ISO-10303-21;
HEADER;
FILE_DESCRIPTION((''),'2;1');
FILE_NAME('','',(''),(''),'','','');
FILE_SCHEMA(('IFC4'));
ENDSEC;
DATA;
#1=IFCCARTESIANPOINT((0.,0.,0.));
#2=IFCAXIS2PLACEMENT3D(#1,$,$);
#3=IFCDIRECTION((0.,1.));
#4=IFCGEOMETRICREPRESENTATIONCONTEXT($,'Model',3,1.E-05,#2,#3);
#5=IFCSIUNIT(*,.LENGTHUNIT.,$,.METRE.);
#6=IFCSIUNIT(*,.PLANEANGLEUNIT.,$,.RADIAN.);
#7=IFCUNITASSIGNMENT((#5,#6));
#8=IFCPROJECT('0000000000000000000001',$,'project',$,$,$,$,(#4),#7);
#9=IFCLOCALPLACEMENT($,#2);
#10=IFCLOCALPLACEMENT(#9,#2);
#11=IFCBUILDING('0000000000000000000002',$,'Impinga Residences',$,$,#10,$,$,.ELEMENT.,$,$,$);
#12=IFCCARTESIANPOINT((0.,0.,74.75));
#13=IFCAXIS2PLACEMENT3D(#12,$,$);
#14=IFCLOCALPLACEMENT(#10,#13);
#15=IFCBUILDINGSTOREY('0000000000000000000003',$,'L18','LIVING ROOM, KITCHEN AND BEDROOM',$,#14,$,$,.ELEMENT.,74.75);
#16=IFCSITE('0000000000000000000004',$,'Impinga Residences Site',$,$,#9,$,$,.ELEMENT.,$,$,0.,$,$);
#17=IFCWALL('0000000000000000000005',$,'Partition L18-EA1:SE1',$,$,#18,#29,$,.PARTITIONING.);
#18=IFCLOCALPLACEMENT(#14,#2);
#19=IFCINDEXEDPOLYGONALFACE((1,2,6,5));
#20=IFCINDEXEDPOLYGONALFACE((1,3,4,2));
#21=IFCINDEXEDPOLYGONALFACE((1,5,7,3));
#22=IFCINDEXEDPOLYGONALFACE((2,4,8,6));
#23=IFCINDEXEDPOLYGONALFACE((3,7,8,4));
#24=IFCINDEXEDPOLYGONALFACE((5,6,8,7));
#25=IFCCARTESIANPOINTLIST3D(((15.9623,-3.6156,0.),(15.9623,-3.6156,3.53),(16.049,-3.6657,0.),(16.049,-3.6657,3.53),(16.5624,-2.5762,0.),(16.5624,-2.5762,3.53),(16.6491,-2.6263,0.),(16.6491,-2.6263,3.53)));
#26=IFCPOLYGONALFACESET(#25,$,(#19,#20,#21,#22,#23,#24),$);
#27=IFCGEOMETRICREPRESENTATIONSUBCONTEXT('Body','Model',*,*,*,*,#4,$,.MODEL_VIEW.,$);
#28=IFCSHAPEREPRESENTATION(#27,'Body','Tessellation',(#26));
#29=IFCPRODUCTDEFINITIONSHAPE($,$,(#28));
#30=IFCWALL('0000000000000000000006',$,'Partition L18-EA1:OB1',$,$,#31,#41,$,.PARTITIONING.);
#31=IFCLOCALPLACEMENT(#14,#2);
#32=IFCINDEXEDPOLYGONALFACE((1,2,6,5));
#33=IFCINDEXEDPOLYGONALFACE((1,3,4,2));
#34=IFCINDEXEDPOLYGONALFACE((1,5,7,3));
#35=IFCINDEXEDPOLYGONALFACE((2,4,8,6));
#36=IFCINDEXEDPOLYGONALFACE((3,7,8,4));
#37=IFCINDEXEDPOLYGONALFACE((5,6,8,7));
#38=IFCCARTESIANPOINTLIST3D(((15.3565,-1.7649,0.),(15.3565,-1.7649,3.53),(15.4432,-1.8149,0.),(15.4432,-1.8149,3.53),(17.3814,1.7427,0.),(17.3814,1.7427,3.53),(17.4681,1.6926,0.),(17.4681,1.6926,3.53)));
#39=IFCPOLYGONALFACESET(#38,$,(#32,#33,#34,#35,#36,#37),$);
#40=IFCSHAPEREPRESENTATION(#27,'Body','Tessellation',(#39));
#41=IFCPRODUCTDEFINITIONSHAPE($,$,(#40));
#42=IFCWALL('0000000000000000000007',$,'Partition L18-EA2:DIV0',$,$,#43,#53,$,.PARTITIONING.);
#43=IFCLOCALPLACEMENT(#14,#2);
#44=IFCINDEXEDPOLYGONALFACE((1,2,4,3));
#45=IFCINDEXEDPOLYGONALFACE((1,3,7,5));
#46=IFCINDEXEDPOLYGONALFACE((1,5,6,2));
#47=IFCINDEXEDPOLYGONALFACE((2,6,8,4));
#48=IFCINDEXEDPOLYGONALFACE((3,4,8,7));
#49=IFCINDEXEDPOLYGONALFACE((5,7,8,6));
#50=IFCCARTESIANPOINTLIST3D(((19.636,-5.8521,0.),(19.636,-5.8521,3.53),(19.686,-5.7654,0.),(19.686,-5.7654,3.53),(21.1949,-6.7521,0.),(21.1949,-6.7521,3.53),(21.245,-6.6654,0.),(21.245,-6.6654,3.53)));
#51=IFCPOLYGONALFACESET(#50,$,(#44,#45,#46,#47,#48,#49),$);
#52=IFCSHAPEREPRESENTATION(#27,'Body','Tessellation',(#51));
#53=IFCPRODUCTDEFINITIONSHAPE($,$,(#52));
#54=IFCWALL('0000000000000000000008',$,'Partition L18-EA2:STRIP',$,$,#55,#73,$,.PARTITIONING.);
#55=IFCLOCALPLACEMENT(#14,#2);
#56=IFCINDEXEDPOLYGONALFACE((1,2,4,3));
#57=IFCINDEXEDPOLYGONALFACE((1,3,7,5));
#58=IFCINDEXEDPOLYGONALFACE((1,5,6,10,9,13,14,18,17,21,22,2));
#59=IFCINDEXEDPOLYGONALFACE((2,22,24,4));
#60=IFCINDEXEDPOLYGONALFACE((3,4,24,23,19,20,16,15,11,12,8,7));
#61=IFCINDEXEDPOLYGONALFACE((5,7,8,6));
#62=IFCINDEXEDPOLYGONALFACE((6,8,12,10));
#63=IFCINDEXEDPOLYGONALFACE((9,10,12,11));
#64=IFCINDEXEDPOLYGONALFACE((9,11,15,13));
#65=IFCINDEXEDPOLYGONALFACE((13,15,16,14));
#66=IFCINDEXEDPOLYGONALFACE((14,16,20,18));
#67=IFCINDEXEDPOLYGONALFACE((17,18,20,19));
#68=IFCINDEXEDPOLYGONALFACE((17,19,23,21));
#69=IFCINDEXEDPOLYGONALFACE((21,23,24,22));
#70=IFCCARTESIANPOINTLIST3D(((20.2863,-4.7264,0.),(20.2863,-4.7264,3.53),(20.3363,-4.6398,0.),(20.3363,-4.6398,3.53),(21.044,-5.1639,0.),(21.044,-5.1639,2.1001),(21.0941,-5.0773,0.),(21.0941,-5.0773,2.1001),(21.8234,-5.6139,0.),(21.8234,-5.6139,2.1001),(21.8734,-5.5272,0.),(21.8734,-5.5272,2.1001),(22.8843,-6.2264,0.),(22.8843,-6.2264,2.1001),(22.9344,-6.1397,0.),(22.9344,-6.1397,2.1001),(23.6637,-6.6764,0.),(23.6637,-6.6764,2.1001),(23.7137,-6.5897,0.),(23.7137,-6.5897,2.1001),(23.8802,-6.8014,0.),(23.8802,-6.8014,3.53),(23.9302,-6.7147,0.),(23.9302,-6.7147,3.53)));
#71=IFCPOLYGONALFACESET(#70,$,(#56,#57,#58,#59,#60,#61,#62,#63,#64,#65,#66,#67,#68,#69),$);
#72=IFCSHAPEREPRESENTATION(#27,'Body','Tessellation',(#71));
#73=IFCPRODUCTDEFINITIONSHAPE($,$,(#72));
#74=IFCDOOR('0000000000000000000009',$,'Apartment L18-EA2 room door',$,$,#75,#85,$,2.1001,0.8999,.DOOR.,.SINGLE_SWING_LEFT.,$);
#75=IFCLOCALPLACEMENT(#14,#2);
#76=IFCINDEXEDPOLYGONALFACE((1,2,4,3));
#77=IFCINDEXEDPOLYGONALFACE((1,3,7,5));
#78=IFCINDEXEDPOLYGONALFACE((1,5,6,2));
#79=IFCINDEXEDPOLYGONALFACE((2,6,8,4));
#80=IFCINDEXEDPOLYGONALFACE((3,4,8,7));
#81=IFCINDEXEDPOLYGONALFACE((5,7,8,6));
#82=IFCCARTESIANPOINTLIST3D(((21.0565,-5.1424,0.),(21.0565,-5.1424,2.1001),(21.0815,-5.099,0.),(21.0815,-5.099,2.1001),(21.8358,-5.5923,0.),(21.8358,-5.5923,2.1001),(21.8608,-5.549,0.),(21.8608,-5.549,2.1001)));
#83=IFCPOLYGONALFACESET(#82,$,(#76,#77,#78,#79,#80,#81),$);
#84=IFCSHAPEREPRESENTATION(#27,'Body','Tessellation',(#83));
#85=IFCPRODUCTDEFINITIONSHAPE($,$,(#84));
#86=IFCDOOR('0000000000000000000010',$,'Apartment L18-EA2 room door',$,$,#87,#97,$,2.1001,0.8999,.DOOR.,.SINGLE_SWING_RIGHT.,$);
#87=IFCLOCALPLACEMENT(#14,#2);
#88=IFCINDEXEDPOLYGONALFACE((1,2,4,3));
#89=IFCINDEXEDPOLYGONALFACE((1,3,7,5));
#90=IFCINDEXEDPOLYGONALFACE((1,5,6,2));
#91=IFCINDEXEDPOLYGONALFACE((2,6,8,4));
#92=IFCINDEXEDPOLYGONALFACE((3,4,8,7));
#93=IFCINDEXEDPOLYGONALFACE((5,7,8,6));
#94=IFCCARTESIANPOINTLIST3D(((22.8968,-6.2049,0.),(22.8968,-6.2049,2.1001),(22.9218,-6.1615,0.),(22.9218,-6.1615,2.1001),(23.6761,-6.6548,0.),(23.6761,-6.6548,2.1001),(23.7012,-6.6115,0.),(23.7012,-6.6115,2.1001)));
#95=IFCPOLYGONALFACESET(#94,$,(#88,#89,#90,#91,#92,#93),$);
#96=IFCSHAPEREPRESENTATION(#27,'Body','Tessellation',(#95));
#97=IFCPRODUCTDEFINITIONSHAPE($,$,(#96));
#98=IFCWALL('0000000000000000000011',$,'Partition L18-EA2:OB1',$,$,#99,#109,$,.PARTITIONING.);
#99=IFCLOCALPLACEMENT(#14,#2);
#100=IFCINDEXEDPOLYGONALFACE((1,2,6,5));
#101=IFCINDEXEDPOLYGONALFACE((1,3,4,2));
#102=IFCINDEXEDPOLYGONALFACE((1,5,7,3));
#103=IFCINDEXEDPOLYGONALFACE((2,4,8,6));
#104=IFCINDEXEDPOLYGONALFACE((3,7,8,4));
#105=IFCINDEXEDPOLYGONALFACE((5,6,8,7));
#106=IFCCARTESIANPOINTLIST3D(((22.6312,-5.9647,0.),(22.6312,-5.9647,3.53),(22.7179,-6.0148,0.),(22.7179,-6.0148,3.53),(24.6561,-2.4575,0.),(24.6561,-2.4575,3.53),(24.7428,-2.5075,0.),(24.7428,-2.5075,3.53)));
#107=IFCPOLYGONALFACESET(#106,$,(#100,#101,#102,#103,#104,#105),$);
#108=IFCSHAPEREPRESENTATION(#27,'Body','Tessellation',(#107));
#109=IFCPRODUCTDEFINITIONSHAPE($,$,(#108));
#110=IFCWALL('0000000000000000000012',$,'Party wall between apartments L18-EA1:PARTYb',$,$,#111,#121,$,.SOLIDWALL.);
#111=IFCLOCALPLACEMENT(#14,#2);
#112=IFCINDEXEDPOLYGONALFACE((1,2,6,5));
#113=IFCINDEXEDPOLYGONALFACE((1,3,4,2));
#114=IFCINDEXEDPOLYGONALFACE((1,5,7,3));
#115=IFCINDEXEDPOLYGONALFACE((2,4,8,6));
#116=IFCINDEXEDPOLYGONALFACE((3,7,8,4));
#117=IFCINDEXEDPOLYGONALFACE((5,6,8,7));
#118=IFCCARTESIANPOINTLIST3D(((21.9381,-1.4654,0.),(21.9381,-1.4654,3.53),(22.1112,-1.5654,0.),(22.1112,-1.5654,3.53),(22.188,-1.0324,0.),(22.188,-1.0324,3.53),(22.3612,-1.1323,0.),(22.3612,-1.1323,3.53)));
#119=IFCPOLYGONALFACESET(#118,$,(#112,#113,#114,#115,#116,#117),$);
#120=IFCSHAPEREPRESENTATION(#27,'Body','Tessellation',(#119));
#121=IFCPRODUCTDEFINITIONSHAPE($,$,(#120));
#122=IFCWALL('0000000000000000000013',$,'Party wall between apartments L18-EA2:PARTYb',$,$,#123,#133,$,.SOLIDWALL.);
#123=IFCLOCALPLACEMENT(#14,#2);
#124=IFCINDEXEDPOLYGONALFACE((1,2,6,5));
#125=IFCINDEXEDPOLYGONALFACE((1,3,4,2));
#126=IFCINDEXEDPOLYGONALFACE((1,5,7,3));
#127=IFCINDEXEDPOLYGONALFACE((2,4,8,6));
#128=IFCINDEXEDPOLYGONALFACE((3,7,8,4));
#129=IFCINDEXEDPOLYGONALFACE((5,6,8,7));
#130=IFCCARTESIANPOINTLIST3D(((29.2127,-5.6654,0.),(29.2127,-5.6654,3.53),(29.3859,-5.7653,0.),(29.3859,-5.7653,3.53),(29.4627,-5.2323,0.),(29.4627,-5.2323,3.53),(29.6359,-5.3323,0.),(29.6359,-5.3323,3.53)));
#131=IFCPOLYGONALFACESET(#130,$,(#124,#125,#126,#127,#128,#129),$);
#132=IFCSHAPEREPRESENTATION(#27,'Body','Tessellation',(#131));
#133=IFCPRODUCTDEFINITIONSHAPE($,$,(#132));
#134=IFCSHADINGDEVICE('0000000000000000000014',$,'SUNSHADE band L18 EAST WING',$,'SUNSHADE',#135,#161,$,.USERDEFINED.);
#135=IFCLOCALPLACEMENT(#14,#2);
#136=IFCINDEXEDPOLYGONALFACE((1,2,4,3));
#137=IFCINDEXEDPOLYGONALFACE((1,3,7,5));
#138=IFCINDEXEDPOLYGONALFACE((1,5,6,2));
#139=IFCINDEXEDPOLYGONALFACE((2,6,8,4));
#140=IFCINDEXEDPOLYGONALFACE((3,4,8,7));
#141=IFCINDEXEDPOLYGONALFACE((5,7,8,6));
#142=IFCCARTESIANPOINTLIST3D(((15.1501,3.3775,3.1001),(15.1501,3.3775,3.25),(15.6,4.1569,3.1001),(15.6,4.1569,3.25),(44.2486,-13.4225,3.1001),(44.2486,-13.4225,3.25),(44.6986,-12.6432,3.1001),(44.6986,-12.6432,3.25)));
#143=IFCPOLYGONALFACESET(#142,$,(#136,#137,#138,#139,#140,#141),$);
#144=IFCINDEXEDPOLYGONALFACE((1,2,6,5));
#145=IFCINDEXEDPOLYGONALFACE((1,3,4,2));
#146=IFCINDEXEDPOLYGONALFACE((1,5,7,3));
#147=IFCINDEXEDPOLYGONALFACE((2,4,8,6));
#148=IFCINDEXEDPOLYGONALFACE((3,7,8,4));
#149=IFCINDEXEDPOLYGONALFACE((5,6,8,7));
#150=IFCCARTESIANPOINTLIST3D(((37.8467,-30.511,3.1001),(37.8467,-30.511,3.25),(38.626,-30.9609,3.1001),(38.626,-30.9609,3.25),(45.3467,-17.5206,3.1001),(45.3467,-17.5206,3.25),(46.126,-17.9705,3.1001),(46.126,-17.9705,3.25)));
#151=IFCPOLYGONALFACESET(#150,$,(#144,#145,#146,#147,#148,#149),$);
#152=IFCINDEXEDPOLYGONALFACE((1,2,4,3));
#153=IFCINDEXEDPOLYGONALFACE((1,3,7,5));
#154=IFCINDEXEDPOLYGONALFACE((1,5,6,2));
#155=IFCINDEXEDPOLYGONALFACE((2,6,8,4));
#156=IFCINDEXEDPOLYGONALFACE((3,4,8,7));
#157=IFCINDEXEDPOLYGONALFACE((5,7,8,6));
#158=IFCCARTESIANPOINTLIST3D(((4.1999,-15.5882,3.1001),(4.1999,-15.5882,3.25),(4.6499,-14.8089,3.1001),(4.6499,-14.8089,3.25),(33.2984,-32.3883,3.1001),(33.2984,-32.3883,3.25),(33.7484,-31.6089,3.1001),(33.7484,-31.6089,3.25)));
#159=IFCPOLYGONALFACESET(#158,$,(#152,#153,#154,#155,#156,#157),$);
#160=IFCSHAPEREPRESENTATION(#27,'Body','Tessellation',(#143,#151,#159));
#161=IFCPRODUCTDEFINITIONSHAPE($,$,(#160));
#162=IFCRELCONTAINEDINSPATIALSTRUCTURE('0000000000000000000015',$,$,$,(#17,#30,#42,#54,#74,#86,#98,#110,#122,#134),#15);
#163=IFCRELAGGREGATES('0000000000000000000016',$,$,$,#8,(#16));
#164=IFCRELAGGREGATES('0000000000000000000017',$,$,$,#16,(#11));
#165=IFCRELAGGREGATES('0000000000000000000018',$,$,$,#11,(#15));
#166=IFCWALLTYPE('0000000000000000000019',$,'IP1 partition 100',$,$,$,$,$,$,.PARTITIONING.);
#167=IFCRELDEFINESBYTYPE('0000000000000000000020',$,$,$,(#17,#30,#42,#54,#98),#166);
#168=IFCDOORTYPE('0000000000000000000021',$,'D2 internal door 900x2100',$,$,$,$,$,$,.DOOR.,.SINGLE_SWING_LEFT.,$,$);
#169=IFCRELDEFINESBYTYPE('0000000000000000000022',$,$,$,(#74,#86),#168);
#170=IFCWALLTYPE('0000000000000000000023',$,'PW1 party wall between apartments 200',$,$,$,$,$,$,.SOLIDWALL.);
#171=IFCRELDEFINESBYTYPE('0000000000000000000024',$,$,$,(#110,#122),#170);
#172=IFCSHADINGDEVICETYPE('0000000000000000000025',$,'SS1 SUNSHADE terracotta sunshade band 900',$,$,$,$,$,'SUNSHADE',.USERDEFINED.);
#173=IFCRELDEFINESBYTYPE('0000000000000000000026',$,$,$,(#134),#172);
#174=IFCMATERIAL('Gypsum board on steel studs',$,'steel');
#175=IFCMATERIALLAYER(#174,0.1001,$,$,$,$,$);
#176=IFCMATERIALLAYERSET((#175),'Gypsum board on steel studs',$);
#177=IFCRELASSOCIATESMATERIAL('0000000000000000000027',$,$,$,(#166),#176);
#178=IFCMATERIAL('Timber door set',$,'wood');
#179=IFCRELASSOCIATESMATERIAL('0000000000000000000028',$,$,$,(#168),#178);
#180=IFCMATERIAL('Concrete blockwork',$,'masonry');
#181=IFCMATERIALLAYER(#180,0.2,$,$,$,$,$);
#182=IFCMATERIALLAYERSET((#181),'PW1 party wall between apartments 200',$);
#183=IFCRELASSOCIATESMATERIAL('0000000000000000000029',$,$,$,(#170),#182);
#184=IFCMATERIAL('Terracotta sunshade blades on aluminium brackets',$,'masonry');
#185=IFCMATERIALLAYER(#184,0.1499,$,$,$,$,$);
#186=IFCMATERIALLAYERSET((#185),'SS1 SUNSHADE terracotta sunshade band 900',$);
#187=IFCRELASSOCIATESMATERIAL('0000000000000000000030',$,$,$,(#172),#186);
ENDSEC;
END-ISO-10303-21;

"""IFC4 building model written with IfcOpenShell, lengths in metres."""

from ifc_helpers import new_model, si_unit, direction, frame, frame_2d, origin, origin_2d, place, context, subcontext, project, spatial, rectangle, extrude, material, layer, layer_set, type_object, element, fill, save


model = new_model("IFC4")

# Units and contexts
model_context = context("Model", 3, precision=1e-05, world=origin(), true_north=direction((0.0, 1.0)))
body_context = subcontext(model_context, "Body", "Model", "MODEL_VIEW")
ifc_project = project(units=[si_unit("LENGTHUNIT", "METRE"), si_unit("PLANEANGLEUNIT", "RADIAN")], contexts=[model_context])

# Site, building, storey
site_placement = place(None, origin())
site = spatial("IfcSite", under=ifc_project, at=site_placement, Name="Impinga Residences Site", CompositionType="ELEMENT", RefElevation=0.0)
building_placement = place(site_placement, origin())
building = spatial("IfcBuilding", under=site, at=building_placement, Name="Impinga Residences", CompositionType="ELEMENT")
storey_placement = place(building_placement, frame((0.0, 0.0, 74.75)))
storey = spatial("IfcBuildingStorey", under=building, at=storey_placement, Name="L18", Description="LIVING ROOM, KITCHEN AND BEDROOM", CompositionType="ELEMENT", Elevation=74.75)

# Walls
ifc_material_1 = material(Name="Gypsum board on steel studs", Category="steel")
ifc_layer_1 = layer(ifc_material_1, 0.1001)
ifc_layer_set_1 = layer_set([ifc_layer_1], Name="Gypsum board on steel studs")
wall_type_1 = type_object("IfcWallType", Name="IP1 partition 100", PredefinedType="PARTITIONING", material=ifc_layer_set_1)
wall_1_placement = place(storey_placement, frame((16.0056, -3.6406, 0.0), z_axis=(0.0, 0.0, 1.0), x_axis=(0.500034, 0.866006, 0.0)))
element("IfcWall", 1, at=wall_1_placement, inside=storey, type_object=wall_type_1, Name="Partition L18-EA1:SE1", PredefinedType="PARTITIONING", context=body_context, shape_type="SweptSolid", body=[
    extrude(rectangle(XDim=1.2002, YDim=0.1001, at=frame_2d((0.6001, 0.0))), origin(), (0.0, 0.0, 1.0), 3.53),
])
wall_2_placement = place(storey_placement, frame((15.3999, -1.7898, 0.0), z_axis=(0.0, 0.0, 1.0), x_axis=(0.499964, 0.866046, 0.0)))
element("IfcWall", 2, at=wall_2_placement, inside=storey, type_object=wall_type_1, Name="Partition L18-EA1:OB1", PredefinedType="PARTITIONING", context=body_context, shape_type="SweptSolid", body=[
    extrude(rectangle(XDim=4.05, YDim=0.1001, at=frame_2d((2.0249, 0.0))), origin(), (0.0, 0.0, 1.0), 3.53),
])
wall_3_placement = place(storey_placement, frame((19.6611, -5.8088, 0.0), z_axis=(0.0, 0.0, 1.0), x_axis=(0.866048, -0.499961, 0.0)))
element("IfcWall", 3, at=wall_3_placement, inside=storey, type_object=wall_type_1, Name="Partition L18-EA2:DIV0", PredefinedType="PARTITIONING", context=body_context, shape_type="SweptSolid", body=[
    extrude(rectangle(XDim=1.8, YDim=0.1001, at=frame_2d((0.8999, 0.0))), origin(), (0.0, 0.0, 1.0), 3.53),
])

# Wall, openings, doors
wall_4_placement = place(storey_placement, frame((20.3113, -4.6831, 0.0), z_axis=(0.0, 0.0, 1.0), x_axis=(0.86603, -0.499992, 0.0)))
wall_4 = element("IfcWall", 4, at=wall_4_placement, inside=storey, type_object=wall_type_1, Name="Partition L18-EA2:STRIP", PredefinedType="PARTITIONING", context=body_context, shape_type="SweptSolid", body=[
    extrude(rectangle(XDim=4.1499, YDim=0.1001, at=frame_2d((2.075, 0.0))), origin(), (0.0, 0.0, 1.0), 3.53),
])
opening_1_placement = place(wall_4_placement, frame((0.875, 0.0, 0.0)))
opening_1 = element("IfcOpeningElement", 5, at=opening_1_placement, cuts=wall_4, PredefinedType="OPENING", context=body_context, shape_type="SweptSolid", body=[
    extrude(rectangle(XDim=0.8999, YDim=2.1001, at=frame_2d((0.45, 1.05))), frame((0.0, 0.0601, 0.0), z_axis=(0.0, -1.0, 0.0), x_axis=(1.0, 0.0, 0.0)), (0.0, 0.0, 1.0), 0.1201),
])
opening_2_placement = place(wall_4_placement, frame((3.0, 0.0, 0.0)))
opening_2 = element("IfcOpeningElement", 6, at=opening_2_placement, cuts=wall_4, PredefinedType="OPENING", context=body_context, shape_type="SweptSolid", body=[
    extrude(rectangle(XDim=0.8999, YDim=2.1001, at=frame_2d((0.45, 1.05))), frame((0.0, 0.0601, 0.0), z_axis=(0.0, -1.0, 0.0), x_axis=(1.0, 0.0, 0.0)), (0.0, 0.0, 1.0), 0.1201),
])
ifc_material_2 = material(Name="Timber door set", Category="wood")
door_type = type_object("IfcDoorType", Name="D2 internal door 900x2100", OperationType="SINGLE_SWING_LEFT", PredefinedType="DOOR", material=ifc_material_2)
door_1_placement = place(opening_1_placement, origin())
door_1 = element("IfcDoor", 7, at=door_1_placement, inside=storey, type_object=door_type, Name="Apartment L18-EA2 room door", OperationType="SINGLE_SWING_LEFT", OverallHeight=2.1001, OverallWidth=0.8999, PredefinedType="DOOR", context=body_context, shape_type="SweptSolid", body=[
    extrude(rectangle(XDim=0.8999, YDim=2.1001, at=frame_2d((0.45, 1.05))), frame((0.0, 0.0249, 0.0), z_axis=(0.0, -1.0, 0.0), x_axis=(1.0, 0.0, 0.0)), (0.0, 0.0, 1.0), 0.05),
])
fill(opening_1, door_1)
door_2_placement = place(opening_2_placement, origin())
door_2 = element("IfcDoor", 8, at=door_2_placement, inside=storey, type_object=door_type, Name="Apartment L18-EA2 room door", OperationType="SINGLE_SWING_RIGHT", OverallHeight=2.1001, OverallWidth=0.8999, PredefinedType="DOOR", context=body_context, shape_type="SweptSolid", body=[
    extrude(rectangle(XDim=0.8999, YDim=2.1001, at=frame_2d((0.45, 1.05))), frame((0.0, 0.0249, 0.0), z_axis=(0.0, -1.0, 0.0), x_axis=(1.0, 0.0, 0.0)), (0.0, 0.0, 1.0), 0.05),
])
fill(opening_2, door_2)

# Walls
wall_5_placement = place(storey_placement, frame((22.6746, -5.9897, 0.0), z_axis=(0.0, 0.0, 1.0), x_axis=(0.49999, 0.866031, 0.0)))
element("IfcWall", 9, at=wall_5_placement, inside=storey, type_object=wall_type_1, Name="Partition L18-EA2:OB1", PredefinedType="PARTITIONING", context=body_context, shape_type="SweptSolid", body=[
    extrude(rectangle(XDim=4.0498, YDim=0.1001, at=frame_2d((2.0249, 0.0))), origin(), (0.0, 0.0, 1.0), 3.53),
])
ifc_material_3 = material(Name="Concrete blockwork", Category="masonry")
ifc_layer_2 = layer(ifc_material_3, 0.2)
ifc_layer_set_2 = layer_set([ifc_layer_2], Name="PW1 party wall between apartments 200")
wall_type_2 = type_object("IfcWallType", Name="PW1 party wall between apartments 200", PredefinedType="SOLIDWALL", material=ifc_layer_set_2)
for number, where, z_axis, x_axis, name in (
    (10, (22.0247, -1.5154, 0.0), (0.0, 0.0, 1.0), (0.49992, 0.866072, 0.0), "Party wall between apartments L18-EA1:PARTYb"),
    (11, (29.2993, -5.7153, 0.0), (0.0, 0.0, 1.0), (0.49992, 0.866072, 0.0), "Party wall between apartments L18-EA2:PARTYb"),
):
    element("IfcWall", number, at=place(storey_placement, frame(where, z_axis=z_axis, x_axis=x_axis)), inside=storey, type_object=wall_type_2, Name=name, PredefinedType="SOLIDWALL", context=body_context, shape_type="SweptSolid", body=[
        extrude(rectangle(XDim=0.5, YDim=0.2, at=frame_2d((0.25, 0.0))), origin(), (0.0, 0.0, 1.0), 3.53),
    ])

# Shading device
ifc_material_4 = material(Name="Terracotta sunshade blades on aluminium brackets", Category="masonry")
ifc_layer_3 = layer(ifc_material_4, 0.1499)
ifc_layer_set_3 = layer_set([ifc_layer_3], Name="SS1 SUNSHADE terracotta sunshade band 900")
shading_device_type = type_object("IfcShadingDeviceType", Name="SS1 SUNSHADE terracotta sunshade band 900", ElementType="SUNSHADE", PredefinedType="USERDEFINED", material=ifc_layer_set_3)
shading_device_placement = place(storey_placement, frame((29.9243, -4.6328, 3.1001), z_axis=(0.0, 0.0, 1.0), x_axis=(0.866025, -0.5, 0.0)))
element("IfcShadingDevice", 12, at=shading_device_placement, inside=storey, type_object=shading_device_type, Name="SUNSHADE band L18 EAST WING", ObjectType="SUNSHADE", PredefinedType="USERDEFINED", context=body_context, shape_type="SweptSolid", body=[
    extrude(rectangle(XDim=33.6001, YDim=0.8999, at=origin_2d()), origin(), (0.0, 0.0, 1.0), 0.1499),
    extrude(rectangle(XDim=15.0, YDim=0.8999, at=origin_2d()), frame((20.25, -10.95, 0.0), z_axis=(0.0, 0.0, 1.0), x_axis=(0.0, -1.0, 0.0)), (0.0, 0.0, 1.0), 0.1499),
    extrude(rectangle(XDim=33.6001, YDim=0.8999, at=origin_2d()), frame((-0.0002, -21.8999, 0.0), z_axis=(0.0, 0.0, 1.0), x_axis=(-1.0, 0.0, 0.0)), (0.0, 0.0, 1.0), 0.1499),
])

save(model, "model.ifc")
